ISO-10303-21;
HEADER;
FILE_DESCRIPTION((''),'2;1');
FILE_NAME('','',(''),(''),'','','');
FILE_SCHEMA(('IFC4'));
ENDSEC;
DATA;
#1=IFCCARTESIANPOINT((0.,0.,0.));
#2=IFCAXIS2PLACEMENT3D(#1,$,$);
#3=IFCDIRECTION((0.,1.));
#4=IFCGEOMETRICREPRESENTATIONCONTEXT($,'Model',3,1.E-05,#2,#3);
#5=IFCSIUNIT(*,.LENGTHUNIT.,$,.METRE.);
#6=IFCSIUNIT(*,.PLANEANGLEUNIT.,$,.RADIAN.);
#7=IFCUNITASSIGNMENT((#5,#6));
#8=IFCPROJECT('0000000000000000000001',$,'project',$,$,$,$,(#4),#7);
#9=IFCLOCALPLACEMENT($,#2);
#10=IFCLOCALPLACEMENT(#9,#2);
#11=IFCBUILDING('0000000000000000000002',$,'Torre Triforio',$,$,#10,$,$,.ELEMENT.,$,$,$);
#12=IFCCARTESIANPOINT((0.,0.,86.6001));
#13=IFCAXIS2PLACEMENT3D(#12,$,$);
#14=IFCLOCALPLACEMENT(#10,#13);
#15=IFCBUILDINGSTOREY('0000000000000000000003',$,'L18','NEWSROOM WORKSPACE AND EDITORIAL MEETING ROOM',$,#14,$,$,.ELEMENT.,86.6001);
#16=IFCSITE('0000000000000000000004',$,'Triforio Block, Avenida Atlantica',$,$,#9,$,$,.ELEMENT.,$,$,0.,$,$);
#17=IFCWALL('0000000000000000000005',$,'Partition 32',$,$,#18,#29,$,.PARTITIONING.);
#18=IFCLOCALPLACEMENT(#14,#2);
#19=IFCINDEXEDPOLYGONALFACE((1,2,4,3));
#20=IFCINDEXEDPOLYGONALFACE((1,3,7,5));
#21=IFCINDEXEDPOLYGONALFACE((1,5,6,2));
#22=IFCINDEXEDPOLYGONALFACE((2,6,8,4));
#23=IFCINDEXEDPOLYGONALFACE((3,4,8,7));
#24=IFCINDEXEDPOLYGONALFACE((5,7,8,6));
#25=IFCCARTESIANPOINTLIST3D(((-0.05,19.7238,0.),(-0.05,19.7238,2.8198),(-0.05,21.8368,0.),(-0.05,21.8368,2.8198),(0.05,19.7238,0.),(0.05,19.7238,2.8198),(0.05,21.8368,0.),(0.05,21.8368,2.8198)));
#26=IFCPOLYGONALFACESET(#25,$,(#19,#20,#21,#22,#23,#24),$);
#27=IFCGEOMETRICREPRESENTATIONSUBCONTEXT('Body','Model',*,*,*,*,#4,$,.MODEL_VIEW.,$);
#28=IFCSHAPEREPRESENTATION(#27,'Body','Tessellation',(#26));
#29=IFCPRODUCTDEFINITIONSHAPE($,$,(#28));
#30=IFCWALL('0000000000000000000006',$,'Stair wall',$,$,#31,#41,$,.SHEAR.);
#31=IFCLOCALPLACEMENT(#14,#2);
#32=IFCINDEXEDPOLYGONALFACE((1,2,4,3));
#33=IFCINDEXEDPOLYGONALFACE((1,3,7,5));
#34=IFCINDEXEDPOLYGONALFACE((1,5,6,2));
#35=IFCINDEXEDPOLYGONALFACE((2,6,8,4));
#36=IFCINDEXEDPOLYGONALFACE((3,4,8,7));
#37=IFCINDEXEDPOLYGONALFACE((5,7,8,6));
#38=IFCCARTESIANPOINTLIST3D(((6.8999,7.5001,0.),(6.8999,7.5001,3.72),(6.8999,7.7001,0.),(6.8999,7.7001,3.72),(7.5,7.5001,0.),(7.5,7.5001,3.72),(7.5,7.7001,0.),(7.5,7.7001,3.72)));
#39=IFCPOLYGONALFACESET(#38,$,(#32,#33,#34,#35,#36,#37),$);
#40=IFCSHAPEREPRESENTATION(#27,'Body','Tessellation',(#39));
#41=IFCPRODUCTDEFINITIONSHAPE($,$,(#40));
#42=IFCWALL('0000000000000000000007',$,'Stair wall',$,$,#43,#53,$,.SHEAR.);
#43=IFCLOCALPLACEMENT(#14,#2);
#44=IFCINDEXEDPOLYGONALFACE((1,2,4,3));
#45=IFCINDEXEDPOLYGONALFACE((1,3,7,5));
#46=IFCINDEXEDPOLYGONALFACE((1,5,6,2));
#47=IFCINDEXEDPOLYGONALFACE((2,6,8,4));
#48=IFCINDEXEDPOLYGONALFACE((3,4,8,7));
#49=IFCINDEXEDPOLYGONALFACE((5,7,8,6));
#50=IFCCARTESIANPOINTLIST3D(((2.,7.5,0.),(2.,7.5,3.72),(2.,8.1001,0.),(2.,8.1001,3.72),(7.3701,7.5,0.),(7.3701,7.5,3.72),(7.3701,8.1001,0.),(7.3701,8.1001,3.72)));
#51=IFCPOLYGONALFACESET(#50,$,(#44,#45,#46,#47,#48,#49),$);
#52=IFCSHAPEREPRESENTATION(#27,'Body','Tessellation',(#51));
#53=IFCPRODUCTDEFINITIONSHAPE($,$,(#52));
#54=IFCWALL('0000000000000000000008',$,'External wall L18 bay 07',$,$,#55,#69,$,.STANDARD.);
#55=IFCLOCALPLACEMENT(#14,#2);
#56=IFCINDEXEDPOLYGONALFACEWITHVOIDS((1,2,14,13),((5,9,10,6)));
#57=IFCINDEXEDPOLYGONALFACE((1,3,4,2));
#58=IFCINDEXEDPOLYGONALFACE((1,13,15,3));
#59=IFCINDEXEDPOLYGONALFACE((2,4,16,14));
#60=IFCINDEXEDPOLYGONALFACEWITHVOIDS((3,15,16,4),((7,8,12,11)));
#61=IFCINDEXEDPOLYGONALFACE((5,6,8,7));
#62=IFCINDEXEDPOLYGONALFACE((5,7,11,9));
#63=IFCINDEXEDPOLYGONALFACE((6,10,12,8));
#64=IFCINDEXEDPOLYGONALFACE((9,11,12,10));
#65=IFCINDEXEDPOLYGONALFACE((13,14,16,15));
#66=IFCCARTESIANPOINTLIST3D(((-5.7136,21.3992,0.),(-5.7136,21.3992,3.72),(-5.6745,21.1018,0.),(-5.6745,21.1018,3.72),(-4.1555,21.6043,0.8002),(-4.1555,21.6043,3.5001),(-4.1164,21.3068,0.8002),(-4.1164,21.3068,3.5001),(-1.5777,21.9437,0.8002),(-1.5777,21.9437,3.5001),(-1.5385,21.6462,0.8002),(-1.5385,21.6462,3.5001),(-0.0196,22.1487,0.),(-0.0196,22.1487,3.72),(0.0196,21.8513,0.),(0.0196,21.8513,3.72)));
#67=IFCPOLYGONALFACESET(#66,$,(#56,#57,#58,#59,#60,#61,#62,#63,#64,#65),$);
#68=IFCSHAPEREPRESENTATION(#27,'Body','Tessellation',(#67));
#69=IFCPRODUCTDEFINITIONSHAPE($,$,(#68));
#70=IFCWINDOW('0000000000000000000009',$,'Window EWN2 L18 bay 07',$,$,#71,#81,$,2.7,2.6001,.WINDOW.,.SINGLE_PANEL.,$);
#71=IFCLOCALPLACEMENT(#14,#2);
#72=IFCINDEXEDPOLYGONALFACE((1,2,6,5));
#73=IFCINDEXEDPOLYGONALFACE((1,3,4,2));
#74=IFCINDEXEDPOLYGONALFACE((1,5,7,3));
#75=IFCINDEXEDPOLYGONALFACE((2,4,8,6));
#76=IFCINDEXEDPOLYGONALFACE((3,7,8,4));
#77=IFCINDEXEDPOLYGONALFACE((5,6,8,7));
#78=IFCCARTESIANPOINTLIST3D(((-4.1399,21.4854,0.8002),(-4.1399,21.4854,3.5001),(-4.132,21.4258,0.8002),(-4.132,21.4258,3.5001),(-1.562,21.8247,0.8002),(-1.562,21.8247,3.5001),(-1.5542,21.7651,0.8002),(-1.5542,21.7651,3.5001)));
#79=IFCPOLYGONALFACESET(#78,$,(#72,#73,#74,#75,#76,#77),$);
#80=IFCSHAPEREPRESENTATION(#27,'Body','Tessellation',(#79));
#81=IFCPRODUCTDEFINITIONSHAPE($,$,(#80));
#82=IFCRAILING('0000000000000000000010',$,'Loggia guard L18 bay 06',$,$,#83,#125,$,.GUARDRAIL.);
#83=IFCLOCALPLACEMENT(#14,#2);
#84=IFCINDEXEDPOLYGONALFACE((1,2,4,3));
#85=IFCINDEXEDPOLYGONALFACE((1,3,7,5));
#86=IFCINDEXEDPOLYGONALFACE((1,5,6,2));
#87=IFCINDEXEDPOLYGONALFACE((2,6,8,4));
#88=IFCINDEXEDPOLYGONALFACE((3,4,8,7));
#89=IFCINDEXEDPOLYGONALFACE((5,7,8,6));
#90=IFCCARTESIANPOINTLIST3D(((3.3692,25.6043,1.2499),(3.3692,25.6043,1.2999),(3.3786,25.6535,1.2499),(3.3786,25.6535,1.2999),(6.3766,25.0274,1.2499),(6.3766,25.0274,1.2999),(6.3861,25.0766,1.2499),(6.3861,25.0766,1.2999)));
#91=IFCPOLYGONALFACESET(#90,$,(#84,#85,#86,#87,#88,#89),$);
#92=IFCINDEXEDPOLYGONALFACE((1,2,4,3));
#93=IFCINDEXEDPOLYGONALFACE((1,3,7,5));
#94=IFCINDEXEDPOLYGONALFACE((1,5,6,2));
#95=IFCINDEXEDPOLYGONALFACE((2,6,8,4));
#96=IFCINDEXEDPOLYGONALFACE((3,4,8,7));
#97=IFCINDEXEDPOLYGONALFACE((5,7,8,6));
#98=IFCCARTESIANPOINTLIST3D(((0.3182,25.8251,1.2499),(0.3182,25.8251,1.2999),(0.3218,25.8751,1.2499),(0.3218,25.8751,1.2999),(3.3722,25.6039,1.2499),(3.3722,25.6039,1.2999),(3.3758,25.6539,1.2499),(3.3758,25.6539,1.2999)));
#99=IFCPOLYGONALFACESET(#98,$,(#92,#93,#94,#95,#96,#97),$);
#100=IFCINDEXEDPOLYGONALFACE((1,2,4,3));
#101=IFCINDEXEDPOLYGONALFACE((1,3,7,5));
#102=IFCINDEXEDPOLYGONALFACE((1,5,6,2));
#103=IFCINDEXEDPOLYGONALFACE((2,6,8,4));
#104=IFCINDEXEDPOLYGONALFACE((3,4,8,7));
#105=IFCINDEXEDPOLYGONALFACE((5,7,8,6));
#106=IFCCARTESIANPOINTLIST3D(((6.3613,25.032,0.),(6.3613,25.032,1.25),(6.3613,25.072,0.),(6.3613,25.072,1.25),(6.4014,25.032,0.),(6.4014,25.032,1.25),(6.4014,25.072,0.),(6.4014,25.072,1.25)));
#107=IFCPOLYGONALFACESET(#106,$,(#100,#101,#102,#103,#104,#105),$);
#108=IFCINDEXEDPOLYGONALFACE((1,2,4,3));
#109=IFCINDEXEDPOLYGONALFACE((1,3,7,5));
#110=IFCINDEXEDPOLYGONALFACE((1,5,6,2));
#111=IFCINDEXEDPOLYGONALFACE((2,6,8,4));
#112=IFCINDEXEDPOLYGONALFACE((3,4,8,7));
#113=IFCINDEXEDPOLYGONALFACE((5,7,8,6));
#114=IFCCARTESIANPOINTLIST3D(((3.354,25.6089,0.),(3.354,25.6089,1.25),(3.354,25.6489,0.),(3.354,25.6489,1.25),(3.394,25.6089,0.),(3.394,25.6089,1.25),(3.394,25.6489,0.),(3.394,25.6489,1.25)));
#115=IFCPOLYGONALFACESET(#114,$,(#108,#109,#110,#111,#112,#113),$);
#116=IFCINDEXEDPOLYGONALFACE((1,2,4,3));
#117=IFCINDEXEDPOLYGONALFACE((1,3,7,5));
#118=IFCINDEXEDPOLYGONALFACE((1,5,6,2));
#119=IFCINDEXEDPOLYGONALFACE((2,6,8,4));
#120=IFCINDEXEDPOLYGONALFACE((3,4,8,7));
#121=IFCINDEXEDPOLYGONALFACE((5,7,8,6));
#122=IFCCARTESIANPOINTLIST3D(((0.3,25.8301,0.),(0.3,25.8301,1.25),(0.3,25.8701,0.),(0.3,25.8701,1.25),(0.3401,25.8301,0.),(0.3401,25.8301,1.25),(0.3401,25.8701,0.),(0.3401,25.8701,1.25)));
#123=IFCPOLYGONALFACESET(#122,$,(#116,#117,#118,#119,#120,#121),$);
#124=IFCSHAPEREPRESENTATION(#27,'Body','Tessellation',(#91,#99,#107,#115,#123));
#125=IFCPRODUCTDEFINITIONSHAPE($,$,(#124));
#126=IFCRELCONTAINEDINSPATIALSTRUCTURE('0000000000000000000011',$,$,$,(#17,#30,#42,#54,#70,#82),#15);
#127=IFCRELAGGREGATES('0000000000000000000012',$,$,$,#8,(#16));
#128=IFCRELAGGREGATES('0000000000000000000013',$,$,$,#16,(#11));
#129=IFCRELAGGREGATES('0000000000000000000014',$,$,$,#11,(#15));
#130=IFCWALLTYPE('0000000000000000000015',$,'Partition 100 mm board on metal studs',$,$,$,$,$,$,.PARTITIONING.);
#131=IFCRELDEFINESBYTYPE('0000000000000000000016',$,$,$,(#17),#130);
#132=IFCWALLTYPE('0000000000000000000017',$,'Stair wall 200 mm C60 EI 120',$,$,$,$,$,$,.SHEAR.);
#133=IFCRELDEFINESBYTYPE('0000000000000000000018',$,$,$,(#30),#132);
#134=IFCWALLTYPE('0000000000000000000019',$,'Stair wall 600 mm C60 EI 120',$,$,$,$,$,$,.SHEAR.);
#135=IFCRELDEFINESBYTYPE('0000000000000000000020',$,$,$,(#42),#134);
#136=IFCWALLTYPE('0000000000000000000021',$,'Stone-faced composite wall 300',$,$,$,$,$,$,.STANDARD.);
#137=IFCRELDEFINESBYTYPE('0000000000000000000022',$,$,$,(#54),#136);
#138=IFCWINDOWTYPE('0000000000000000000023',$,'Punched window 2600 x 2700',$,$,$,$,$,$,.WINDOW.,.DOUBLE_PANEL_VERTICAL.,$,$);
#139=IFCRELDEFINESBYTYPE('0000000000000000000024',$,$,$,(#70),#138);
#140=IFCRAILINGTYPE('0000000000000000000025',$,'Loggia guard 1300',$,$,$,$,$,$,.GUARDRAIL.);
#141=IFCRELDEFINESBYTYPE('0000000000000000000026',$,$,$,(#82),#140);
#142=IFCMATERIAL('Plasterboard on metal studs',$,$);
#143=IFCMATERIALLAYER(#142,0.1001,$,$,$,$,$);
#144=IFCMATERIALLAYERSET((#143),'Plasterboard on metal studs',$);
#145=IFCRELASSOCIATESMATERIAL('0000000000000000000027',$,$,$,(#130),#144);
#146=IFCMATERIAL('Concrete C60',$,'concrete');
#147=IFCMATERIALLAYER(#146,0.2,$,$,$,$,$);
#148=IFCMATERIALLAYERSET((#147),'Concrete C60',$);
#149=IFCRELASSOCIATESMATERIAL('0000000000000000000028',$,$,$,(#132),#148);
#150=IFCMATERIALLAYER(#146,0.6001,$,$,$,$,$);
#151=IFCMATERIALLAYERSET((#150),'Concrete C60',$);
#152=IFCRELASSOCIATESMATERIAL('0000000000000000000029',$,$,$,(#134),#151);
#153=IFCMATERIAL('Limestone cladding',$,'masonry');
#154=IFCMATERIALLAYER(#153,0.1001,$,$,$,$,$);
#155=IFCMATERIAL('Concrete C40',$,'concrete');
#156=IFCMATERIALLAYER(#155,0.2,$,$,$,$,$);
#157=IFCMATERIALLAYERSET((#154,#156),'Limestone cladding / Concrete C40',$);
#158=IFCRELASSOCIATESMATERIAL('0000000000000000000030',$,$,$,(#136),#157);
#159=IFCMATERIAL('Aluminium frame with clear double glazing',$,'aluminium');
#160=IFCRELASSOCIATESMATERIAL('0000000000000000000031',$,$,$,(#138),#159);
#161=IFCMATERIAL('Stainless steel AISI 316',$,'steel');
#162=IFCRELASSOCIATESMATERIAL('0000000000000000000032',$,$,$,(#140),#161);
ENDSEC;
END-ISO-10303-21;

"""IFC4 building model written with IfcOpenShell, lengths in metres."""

from ifc_helpers import new_model, si_unit, direction, frame, frame_2d, origin, origin_2d, place, context, subcontext, project, spatial, rectangle, extrude, material, layer, layer_set, type_object, element, fill, save


model = new_model("IFC4")

# Units and contexts
model_context = context("Model", 3, precision=1e-05, world=origin(), true_north=direction((0.0, 1.0)))
body_context = subcontext(model_context, "Body", "Model", "MODEL_VIEW")
ifc_project = project(units=[si_unit("LENGTHUNIT", "METRE"), si_unit("PLANEANGLEUNIT", "RADIAN")], contexts=[model_context])

# Site, building, storey
site_placement = place(None, origin())
site = spatial("IfcSite", under=ifc_project, at=site_placement, Name="Triforio Block, Avenida Atlantica", CompositionType="ELEMENT", RefElevation=0.0)
building_placement = place(site_placement, origin())
building = spatial("IfcBuilding", under=site, at=building_placement, Name="Torre Triforio", CompositionType="ELEMENT")
storey_placement = place(building_placement, frame((0.0, 0.0, 86.6001)))
storey = spatial("IfcBuildingStorey", under=building, at=storey_placement, Name="L18", Description="NEWSROOM WORKSPACE AND EDITORIAL MEETING ROOM", CompositionType="ELEMENT", Elevation=86.6001)

# Shared definitions
ifc_material_1 = material(Name="Concrete C60", Category="concrete")

# Shared definitions
ifc_material_2 = material(Name="Plasterboard on metal studs")

# Walls
ifc_layer_1 = layer(ifc_material_2, 0.1001)
ifc_layer_set_1 = layer_set([ifc_layer_1], Name="Plasterboard on metal studs")
wall_type_1 = type_object("IfcWallType", Name="Partition 100 mm board on metal studs", PredefinedType="PARTITIONING", material=ifc_layer_set_1)
wall_1_placement = place(storey_placement, frame((0.0, 19.7236, 0.0), z_axis=(0.0, 0.0, 1.0), x_axis=(0.0, 1.0, 0.0)))
element("IfcWall", 1, at=wall_1_placement, inside=storey, type_object=wall_type_1, Name="Partition 32", PredefinedType="PARTITIONING", context=body_context, shape_type="SweptSolid", body=[
    extrude(rectangle(XDim=2.113, YDim=0.1001, at=frame_2d((1.0566, 0.0))), origin(), (0.0, 0.0, 1.0), 2.8198),
])
ifc_layer_2 = layer(ifc_material_1, 0.2)
ifc_layer_set_2 = layer_set([ifc_layer_2], Name="Concrete C60")
wall_type_2 = type_object("IfcWallType", Name="Stair wall 200 mm C60 EI 120", PredefinedType="SHEAR", material=ifc_layer_set_2)
wall_2_placement = place(storey_placement, frame((6.8999, 7.6001, 0.0), z_axis=(0.0, 0.0, 1.0), x_axis=(1.0, 0.0, 0.0)))
element("IfcWall", 2, at=wall_2_placement, inside=storey, type_object=wall_type_2, Name="Stair wall", PredefinedType="SHEAR", context=body_context, shape_type="SweptSolid", body=[
    extrude(rectangle(XDim=0.6001, YDim=0.2, at=frame_2d((0.3, 0.0))), origin(), (0.0, 0.0, 1.0), 3.72),
])
ifc_layer_3 = layer(ifc_material_1, 0.6001)
ifc_layer_set_3 = layer_set([ifc_layer_3], Name="Concrete C60")
wall_type_3 = type_object("IfcWallType", Name="Stair wall 600 mm C60 EI 120", PredefinedType="SHEAR", material=ifc_layer_set_3)
wall_3_placement = place(storey_placement, frame((2.0, 7.8, 0.0), z_axis=(0.0, 0.0, 1.0), x_axis=(1.0, 0.0, 0.0)))
element("IfcWall", 3, at=wall_3_placement, inside=storey, type_object=wall_type_3, Name="Stair wall", PredefinedType="SHEAR", context=body_context, shape_type="SweptSolid", body=[
    extrude(rectangle(XDim=5.3701, YDim=0.6001, at=frame_2d((2.6851, 0.0))), origin(), (0.0, 0.0, 1.0), 3.72),
])

# Shared definitions
ifc_material_3 = material(Name="Limestone cladding", Category="masonry")
ifc_layer_4 = layer(ifc_material_3, 0.1001)
ifc_material_4 = material(Name="Concrete C40", Category="concrete")
ifc_layer_5 = layer(ifc_material_4, 0.2)
ifc_layer_set_4 = layer_set([ifc_layer_4, ifc_layer_5], Name="Limestone cladding / Concrete C40")
wall_type_4 = type_object("IfcWallType", Name="Stone-faced composite wall 300", PredefinedType="STANDARD", material=ifc_layer_set_4)
ifc_material_5 = material(Name="Aluminium frame with clear double glazing", Category="aluminium")

# Wall, opening, window
wall_4_placement = place(storey_placement, frame((0.0, 22.0, 0.0), z_axis=(0.0, 0.0, 1.0), x_axis=(-0.991448, -0.130504, 0.0)))
wall_4 = element("IfcWall", 4, at=wall_4_placement, inside=storey, type_object=wall_type_4, Name="External wall L18 bay 07", PredefinedType="STANDARD", context=body_context, shape_type="SweptSolid", body=[
    extrude(rectangle(XDim=5.7432, YDim=0.3, at=frame_2d((2.8716, 0.0))), origin(), (0.0, 0.0, 1.0), 3.72),
])
opening_1_placement = place(wall_4_placement, frame((1.5715, 0.0, 0.8)))
opening_1 = element("IfcOpeningElement", 5, at=opening_1_placement, cuts=wall_4, PredefinedType="OPENING", context=body_context, shape_type="SweptSolid", body=[
    extrude(rectangle(XDim=2.6001, YDim=2.7, at=frame_2d((1.3, 1.3501))), frame((0.0, 0.1599, 0.0), z_axis=(0.0, -1.0, 0.0), x_axis=(1.0, 0.0, 0.0)), (0.0, 0.0, 1.0), 0.3201),
])
window_type_1 = type_object("IfcWindowType", Name="Punched window 2600 x 2700", PartitioningType="DOUBLE_PANEL_VERTICAL", PredefinedType="WINDOW", material=ifc_material_5)
window_1_placement = place(opening_1_placement, origin())
window_1 = element("IfcWindow", 6, at=window_1_placement, inside=storey, type_object=window_type_1, Name="Window EWN2 L18 bay 07", OverallHeight=2.7, OverallWidth=2.6001, PartitioningType="SINGLE_PANEL", PredefinedType="WINDOW", context=body_context, shape_type="SweptSolid", body=[
    extrude(rectangle(XDim=2.6001, YDim=2.7, at=frame_2d((1.3, 1.3501))), frame((0.0, 0.03, 0.0), z_axis=(0.0, -1.0, 0.0), x_axis=(1.0, 0.0, 0.0)), (0.0, 0.0, 1.0), 0.0601),
])
fill(opening_1, window_1)

# Railing
ifc_material_6 = material(Name="Stainless steel AISI 316", Category="steel")
railing_type = type_object("IfcRailingType", Name="Loggia guard 1300", PredefinedType="GUARDRAIL", material=ifc_material_6)
railing_placement = place(storey_placement, frame((6.3813, 25.052, 0.0)))
element("IfcRailing", 7, at=railing_placement, inside=storey, type_object=railing_type, Name="Loggia guard L18 bay 06", PredefinedType="GUARDRAIL", context=body_context, shape_type="SweptSolid", body=[
    extrude(rectangle(XDim=0.05, YDim=0.05, at=origin_2d()), frame((0.0, 0.0, 1.2749), z_axis=(-0.982093, 0.188398, 0.0), x_axis=(-0.188398, -0.982093, 0.0)), (0.0, 0.0, 1.0), 3.0623),
    extrude(rectangle(XDim=0.05, YDim=0.05, at=origin_2d()), frame((-3.0073, 0.5769, 1.2749), z_axis=(-0.997387, 0.072239, 0.0), x_axis=(-0.072239, -0.997387, 0.0)), (0.0, 0.0, 1.0), 3.062),
    extrude(rectangle(XDim=0.04, YDim=0.04, at=origin_2d()), origin(), (0.0, 0.0, 1.0), 1.25),
    extrude(rectangle(XDim=0.04, YDim=0.04, at=origin_2d()), frame((-3.0073, 0.5769, 0.0)), (0.0, 0.0, 1.0), 1.25),
    extrude(rectangle(XDim=0.04, YDim=0.04, at=origin_2d()), frame((-6.0613, 0.7981, 0.0)), (0.0, 0.0, 1.0), 1.25),
])

save(model, "model.ifc")
